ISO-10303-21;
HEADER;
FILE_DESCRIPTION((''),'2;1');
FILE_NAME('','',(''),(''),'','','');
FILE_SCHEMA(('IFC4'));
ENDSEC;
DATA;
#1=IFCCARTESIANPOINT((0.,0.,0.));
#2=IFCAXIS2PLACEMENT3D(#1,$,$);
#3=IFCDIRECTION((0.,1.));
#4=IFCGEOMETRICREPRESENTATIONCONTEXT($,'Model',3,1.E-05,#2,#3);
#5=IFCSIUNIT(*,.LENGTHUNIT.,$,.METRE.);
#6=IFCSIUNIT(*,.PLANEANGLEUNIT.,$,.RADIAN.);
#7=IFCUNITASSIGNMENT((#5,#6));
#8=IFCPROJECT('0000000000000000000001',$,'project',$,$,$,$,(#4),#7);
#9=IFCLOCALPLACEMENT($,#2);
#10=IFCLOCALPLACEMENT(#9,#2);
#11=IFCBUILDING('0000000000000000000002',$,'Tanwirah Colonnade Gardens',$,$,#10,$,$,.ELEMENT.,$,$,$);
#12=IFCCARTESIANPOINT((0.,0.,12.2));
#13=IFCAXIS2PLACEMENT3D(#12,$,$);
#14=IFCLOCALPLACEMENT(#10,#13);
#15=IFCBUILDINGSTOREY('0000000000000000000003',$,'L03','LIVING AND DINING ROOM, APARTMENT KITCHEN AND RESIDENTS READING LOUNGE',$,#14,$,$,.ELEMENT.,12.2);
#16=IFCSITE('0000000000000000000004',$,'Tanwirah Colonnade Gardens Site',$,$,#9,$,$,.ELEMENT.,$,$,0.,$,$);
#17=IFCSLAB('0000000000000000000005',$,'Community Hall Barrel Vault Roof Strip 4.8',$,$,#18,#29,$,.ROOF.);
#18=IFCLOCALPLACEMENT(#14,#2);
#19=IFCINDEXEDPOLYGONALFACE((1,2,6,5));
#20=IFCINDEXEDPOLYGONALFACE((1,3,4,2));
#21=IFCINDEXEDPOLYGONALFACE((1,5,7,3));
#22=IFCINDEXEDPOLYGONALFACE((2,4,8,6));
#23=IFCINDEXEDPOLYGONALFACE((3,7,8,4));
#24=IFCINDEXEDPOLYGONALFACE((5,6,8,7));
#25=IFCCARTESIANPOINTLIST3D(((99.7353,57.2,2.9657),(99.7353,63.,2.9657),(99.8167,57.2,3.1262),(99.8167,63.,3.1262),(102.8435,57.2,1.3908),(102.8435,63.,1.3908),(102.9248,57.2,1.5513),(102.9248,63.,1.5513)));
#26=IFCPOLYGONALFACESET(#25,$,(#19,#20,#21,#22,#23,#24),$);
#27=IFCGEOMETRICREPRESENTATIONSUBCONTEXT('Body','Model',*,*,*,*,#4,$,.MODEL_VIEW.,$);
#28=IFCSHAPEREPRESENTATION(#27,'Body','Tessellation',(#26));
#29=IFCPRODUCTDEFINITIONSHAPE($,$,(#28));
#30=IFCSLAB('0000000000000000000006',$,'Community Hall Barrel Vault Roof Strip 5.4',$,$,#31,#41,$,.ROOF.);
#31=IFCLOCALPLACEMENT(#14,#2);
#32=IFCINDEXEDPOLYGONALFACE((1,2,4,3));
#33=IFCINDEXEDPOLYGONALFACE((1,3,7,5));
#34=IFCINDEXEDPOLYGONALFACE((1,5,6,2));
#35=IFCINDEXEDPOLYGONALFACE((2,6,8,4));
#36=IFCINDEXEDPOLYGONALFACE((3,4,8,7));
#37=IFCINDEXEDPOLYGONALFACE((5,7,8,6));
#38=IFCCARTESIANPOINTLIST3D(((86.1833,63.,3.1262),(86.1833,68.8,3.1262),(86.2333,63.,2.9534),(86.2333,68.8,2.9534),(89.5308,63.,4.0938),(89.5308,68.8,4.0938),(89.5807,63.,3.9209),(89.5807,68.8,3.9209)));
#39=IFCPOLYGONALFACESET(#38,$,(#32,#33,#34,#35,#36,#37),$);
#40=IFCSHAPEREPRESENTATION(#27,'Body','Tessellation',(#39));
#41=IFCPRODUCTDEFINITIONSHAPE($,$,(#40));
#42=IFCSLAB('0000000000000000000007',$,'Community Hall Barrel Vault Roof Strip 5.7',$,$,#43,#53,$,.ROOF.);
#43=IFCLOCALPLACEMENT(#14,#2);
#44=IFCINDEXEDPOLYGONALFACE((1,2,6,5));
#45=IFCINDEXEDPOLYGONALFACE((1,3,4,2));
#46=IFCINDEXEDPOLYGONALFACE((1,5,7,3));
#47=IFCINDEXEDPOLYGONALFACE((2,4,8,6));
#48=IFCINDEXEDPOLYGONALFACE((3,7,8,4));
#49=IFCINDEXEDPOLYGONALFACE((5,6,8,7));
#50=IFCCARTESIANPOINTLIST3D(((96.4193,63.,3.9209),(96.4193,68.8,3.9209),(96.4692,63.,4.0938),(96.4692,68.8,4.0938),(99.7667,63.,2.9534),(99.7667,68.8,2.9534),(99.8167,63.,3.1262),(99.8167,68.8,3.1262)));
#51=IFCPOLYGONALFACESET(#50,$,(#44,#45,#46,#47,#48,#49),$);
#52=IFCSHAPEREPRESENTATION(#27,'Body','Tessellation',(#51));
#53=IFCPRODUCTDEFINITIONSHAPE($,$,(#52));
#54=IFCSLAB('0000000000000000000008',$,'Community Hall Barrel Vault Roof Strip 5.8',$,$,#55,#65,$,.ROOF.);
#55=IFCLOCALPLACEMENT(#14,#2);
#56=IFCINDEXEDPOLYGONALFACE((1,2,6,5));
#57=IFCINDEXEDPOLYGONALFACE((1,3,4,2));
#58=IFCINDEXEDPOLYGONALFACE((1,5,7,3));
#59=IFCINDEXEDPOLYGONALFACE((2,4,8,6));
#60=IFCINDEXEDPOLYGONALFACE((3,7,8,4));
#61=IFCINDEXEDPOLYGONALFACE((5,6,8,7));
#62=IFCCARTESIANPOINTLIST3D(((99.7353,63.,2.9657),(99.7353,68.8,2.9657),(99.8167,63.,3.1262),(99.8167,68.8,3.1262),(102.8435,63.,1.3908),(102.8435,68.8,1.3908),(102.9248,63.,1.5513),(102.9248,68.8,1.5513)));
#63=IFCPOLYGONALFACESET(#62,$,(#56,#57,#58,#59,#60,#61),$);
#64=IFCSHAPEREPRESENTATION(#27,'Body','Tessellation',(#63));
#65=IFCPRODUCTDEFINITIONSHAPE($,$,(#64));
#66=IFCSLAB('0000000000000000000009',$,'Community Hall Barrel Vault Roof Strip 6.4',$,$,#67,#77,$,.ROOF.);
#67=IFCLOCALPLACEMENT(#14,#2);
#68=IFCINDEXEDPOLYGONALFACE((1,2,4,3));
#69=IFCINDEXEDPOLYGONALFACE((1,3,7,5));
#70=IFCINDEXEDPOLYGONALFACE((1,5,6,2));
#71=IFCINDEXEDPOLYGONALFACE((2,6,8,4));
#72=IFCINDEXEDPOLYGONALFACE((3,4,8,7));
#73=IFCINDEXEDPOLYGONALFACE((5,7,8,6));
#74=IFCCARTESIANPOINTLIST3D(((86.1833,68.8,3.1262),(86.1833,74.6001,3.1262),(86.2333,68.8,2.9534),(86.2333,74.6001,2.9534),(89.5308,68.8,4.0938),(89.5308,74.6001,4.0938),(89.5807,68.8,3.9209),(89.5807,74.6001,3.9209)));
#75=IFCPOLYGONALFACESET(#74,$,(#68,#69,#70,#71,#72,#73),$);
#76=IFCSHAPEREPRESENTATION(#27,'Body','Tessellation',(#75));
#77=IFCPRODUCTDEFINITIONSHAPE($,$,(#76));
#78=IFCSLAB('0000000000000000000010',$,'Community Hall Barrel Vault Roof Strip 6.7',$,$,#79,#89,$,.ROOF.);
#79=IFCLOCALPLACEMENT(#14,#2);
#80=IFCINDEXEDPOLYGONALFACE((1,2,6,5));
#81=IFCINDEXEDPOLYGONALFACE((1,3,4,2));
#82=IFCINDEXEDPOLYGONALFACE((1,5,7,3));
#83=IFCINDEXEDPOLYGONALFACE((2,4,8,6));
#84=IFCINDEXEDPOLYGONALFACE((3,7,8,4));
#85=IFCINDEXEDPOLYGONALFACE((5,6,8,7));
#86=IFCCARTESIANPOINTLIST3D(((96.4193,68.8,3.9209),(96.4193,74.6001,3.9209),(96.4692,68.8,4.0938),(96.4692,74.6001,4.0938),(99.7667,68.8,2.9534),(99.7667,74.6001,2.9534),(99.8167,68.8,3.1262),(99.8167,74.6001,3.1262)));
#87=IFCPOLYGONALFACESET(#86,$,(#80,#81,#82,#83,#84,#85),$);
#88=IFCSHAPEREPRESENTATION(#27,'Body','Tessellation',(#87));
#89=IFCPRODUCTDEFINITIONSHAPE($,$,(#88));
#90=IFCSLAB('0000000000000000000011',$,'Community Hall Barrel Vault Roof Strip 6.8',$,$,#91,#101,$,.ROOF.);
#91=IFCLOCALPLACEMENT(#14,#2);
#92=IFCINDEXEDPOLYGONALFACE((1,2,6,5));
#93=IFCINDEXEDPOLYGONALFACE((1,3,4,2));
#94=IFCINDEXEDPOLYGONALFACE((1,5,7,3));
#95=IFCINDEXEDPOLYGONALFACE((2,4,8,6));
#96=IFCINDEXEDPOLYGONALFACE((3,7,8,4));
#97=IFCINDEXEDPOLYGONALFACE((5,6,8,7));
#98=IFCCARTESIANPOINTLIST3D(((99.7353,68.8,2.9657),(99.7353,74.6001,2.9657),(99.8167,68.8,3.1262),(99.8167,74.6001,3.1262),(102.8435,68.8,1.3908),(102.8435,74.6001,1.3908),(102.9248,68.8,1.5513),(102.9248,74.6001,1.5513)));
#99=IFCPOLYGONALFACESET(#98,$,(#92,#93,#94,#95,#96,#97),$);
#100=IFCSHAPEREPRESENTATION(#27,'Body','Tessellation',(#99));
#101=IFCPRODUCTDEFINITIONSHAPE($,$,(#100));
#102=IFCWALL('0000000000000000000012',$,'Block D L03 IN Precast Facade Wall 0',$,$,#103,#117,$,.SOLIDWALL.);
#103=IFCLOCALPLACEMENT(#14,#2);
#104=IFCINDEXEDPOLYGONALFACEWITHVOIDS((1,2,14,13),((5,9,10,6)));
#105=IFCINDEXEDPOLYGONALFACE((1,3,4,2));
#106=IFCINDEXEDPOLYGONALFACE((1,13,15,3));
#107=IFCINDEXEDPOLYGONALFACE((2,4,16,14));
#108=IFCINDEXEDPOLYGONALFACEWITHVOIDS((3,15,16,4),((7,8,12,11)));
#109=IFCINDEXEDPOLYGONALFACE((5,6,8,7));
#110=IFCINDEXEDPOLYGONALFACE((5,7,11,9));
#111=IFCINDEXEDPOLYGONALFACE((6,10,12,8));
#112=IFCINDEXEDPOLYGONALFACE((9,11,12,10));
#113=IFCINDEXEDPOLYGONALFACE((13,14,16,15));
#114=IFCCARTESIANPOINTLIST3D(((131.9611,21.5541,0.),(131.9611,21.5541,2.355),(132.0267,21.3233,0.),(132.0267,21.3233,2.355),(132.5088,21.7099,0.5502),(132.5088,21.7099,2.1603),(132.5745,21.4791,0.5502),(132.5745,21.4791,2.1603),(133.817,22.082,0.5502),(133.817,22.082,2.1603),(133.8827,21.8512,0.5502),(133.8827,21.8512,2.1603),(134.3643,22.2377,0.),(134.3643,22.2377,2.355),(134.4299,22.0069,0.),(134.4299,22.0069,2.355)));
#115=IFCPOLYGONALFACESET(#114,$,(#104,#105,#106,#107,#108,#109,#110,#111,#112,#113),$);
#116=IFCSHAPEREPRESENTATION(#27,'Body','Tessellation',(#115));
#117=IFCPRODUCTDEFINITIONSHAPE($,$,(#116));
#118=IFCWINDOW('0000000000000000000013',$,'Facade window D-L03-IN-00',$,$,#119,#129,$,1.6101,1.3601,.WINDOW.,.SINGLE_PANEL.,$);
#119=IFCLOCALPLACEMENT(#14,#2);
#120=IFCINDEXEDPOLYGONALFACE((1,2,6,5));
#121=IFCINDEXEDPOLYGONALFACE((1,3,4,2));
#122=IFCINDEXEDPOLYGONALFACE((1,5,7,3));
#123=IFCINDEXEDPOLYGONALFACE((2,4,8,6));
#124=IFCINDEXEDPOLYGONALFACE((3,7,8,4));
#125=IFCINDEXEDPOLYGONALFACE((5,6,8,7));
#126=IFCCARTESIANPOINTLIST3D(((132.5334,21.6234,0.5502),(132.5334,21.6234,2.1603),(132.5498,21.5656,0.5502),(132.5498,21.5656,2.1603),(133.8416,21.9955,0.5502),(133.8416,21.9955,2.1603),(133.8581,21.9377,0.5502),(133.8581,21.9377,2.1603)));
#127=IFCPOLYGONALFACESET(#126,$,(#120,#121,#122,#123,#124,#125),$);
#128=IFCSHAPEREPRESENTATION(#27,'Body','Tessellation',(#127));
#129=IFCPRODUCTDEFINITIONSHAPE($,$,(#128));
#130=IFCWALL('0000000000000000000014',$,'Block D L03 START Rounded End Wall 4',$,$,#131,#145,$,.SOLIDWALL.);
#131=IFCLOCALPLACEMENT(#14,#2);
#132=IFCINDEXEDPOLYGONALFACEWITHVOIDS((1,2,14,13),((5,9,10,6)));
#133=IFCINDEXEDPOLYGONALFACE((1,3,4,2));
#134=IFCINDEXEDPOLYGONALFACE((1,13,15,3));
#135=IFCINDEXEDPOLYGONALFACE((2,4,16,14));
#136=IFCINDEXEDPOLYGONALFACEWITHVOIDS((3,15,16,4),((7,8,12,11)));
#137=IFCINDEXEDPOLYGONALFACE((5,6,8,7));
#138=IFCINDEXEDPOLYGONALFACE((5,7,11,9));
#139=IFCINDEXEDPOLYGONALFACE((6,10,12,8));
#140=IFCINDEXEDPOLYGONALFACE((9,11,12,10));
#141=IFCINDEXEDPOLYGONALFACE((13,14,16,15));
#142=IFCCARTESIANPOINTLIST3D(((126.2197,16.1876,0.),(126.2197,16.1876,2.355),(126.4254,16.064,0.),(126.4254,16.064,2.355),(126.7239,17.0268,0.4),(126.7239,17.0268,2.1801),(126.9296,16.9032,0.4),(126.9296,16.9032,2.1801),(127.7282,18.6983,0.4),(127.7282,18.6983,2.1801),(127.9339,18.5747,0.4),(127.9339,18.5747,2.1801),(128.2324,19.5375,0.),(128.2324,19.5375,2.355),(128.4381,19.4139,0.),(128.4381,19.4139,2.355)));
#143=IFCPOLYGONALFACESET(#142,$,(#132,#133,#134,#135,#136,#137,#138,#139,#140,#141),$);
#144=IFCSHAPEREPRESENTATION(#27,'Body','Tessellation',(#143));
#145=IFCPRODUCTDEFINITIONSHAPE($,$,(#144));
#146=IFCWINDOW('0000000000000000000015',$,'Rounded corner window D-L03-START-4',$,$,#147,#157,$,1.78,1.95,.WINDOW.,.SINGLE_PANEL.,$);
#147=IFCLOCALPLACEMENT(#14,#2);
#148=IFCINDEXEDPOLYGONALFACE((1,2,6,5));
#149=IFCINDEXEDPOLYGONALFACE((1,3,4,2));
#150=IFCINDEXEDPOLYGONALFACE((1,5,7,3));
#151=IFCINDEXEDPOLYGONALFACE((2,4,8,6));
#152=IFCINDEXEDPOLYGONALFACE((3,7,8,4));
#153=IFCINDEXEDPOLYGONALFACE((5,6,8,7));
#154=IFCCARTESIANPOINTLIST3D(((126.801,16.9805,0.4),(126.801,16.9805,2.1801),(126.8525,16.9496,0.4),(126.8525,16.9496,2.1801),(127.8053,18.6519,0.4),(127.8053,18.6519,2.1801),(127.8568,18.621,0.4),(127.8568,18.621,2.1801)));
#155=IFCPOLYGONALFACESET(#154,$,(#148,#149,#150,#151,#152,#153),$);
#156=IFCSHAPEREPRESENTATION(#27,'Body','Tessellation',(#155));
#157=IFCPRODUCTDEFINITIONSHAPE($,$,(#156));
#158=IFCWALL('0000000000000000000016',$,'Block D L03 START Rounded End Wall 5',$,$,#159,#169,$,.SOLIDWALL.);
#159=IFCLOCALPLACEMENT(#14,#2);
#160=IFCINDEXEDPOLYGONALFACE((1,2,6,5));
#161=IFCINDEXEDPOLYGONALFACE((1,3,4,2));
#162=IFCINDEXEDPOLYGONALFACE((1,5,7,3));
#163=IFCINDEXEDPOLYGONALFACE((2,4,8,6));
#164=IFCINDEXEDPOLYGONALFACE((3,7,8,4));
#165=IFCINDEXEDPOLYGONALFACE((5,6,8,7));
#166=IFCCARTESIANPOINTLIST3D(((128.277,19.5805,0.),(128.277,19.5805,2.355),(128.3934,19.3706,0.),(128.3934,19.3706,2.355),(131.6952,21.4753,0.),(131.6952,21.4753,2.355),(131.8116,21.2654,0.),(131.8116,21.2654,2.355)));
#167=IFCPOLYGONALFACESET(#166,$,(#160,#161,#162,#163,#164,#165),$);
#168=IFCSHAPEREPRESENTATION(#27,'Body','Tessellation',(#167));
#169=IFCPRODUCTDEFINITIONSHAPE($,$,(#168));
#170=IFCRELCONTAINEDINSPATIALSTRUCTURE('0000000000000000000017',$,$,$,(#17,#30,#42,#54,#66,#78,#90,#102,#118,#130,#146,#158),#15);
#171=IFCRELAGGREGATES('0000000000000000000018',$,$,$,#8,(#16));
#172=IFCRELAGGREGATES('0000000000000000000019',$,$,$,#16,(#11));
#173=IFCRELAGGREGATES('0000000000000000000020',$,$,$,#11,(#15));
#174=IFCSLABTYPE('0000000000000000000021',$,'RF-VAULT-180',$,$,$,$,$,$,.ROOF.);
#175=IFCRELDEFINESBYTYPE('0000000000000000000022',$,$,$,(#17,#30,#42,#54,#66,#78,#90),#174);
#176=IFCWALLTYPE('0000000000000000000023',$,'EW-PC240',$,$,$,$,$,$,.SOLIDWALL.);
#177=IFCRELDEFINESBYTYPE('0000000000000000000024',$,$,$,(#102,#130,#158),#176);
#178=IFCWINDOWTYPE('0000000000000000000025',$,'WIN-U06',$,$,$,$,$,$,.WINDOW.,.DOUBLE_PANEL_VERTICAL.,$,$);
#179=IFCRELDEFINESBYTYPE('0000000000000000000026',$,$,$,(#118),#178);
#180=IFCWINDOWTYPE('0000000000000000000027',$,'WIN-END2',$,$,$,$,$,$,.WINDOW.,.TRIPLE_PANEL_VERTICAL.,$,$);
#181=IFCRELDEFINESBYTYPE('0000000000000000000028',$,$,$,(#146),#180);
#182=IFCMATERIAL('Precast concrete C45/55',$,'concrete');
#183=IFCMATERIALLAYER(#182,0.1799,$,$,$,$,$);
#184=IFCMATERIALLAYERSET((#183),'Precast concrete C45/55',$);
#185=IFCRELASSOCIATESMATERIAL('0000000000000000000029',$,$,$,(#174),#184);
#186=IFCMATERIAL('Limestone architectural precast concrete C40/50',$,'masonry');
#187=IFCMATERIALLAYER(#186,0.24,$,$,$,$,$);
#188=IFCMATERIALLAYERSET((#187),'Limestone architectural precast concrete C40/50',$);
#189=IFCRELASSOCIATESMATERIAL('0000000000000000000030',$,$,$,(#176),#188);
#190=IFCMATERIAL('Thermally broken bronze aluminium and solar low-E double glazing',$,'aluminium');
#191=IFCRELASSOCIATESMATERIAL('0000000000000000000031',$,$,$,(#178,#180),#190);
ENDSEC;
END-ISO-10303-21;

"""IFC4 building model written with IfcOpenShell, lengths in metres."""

from ifc_helpers import new_model, si_unit, direction, frame, frame_2d, origin, place, context, subcontext, project, spatial, polyline, rectangle, outline, extrude, material, layer, layer_set, type_object, element, fill, save


model = new_model("IFC4")

# Units and contexts
model_context = context("Model", 3, precision=1e-05, world=origin(), true_north=direction((0.0, 1.0)))
body_context = subcontext(model_context, "Body", "Model", "MODEL_VIEW")
ifc_project = project(units=[si_unit("LENGTHUNIT", "METRE"), si_unit("PLANEANGLEUNIT", "RADIAN")], contexts=[model_context])

# Site, building, storey
site_placement = place(None, origin())
site = spatial("IfcSite", under=ifc_project, at=site_placement, Name="Tanwirah Colonnade Gardens Site", CompositionType="ELEMENT", RefElevation=0.0)
building_placement = place(site_placement, origin())
building = spatial("IfcBuilding", under=site, at=building_placement, Name="Tanwirah Colonnade Gardens", CompositionType="ELEMENT")
storey_placement = place(building_placement, frame((0.0, 0.0, 12.2)))
storey = spatial("IfcBuildingStorey", under=building, at=storey_placement, Name="L03", Description="LIVING AND DINING ROOM, APARTMENT KITCHEN AND RESIDENTS READING LOUNGE", CompositionType="ELEMENT", Elevation=12.2)

# Slabs
ifc_material_1 = material(Name="Precast concrete C45/55", Category="concrete")
ifc_layer_1 = layer(ifc_material_1, 0.1799)
ifc_layer_set_1 = layer_set([ifc_layer_1], Name="Precast concrete C45/55")
slab_type = type_object("IfcSlabType", Name="RF-VAULT-180", PredefinedType="ROOF", material=ifc_layer_set_1)
slab_1_placement = place(storey_placement, frame((99.8167, 57.2, 3.1262), z_axis=(0.452, 0.0, 0.892018), x_axis=(0.892018, 0.0, -0.452)))
element("IfcSlab", 1, at=slab_1_placement, inside=storey, type_object=slab_type, Name="Community Hall Barrel Vault Roof Strip 4.8", PredefinedType="ROOF", context=body_context, shape_type="SweptSolid", body=[
    extrude(outline(polyline([(0.0, 0.0), (3.4844, 0.0), (3.4844, 5.8), (0.0, 5.8), (0.0, 0.0)])), origin(), (0.0, 0.0, -1.0), 0.1799),
])
for number, where, z_axis, x_axis, name in (
    (2, (86.1833, 63.0, 3.1262), (-0.277672, 0.0, 0.960676), (0.960676, 0.0, 0.277672), "Community Hall Barrel Vault Roof Strip 5.4"),
    (3, (96.4692, 63.0, 4.0938), (0.277672, 0.0, 0.960676), (0.960676, 0.0, -0.277672), "Community Hall Barrel Vault Roof Strip 5.7"),
):
    element("IfcSlab", number, at=place(storey_placement, frame(where, z_axis=z_axis, x_axis=x_axis)), inside=storey, type_object=slab_type, Name=name, PredefinedType="ROOF", context=body_context, shape_type="SweptSolid", body=[
        extrude(outline(polyline([(0.0, 0.0), (3.4844, 0.0), (3.4844, 5.8), (0.0, 5.8), (0.0, 0.0)])), origin(), (0.0, 0.0, -1.0), 0.1799),
    ])
slab_2_placement = place(storey_placement, frame((99.8167, 63.0, 3.1262), z_axis=(0.452, 0.0, 0.892018), x_axis=(0.892018, 0.0, -0.452)))
element("IfcSlab", 4, at=slab_2_placement, inside=storey, type_object=slab_type, Name="Community Hall Barrel Vault Roof Strip 5.8", PredefinedType="ROOF", context=body_context, shape_type="SweptSolid", body=[
    extrude(outline(polyline([(0.0, 0.0), (3.4844, 0.0), (3.4844, 5.8), (0.0, 5.8), (0.0, 0.0)])), origin(), (0.0, 0.0, -1.0), 0.1799),
])
for number, where, z_axis, x_axis, name in (
    (5, (86.1833, 68.8, 3.1262), (-0.277672, 0.0, 0.960676), (0.960676, 0.0, 0.277672), "Community Hall Barrel Vault Roof Strip 6.4"),
    (6, (96.4692, 68.8, 4.0938), (0.277672, 0.0, 0.960676), (0.960676, 0.0, -0.277672), "Community Hall Barrel Vault Roof Strip 6.7"),
):
    element("IfcSlab", number, at=place(storey_placement, frame(where, z_axis=z_axis, x_axis=x_axis)), inside=storey, type_object=slab_type, Name=name, PredefinedType="ROOF", context=body_context, shape_type="SweptSolid", body=[
        extrude(outline(polyline([(0.0, 0.0), (3.4844, 0.0), (3.4844, 5.8), (0.0, 5.8), (0.0, 0.0)])), origin(), (0.0, 0.0, -1.0), 0.1799),
    ])
slab_3_placement = place(storey_placement, frame((99.8167, 68.8, 3.1262), z_axis=(0.452, 0.0, 0.892018), x_axis=(0.892018, 0.0, -0.452)))
element("IfcSlab", 7, at=slab_3_placement, inside=storey, type_object=slab_type, Name="Community Hall Barrel Vault Roof Strip 6.8", PredefinedType="ROOF", context=body_context, shape_type="SweptSolid", body=[
    extrude(outline(polyline([(0.0, 0.0), (3.4844, 0.0), (3.4844, 5.8), (0.0, 5.8), (0.0, 0.0)])), origin(), (0.0, 0.0, -1.0), 0.1799),
])

# Walls, openings, windows
ifc_material_2 = material(Name="Limestone architectural precast concrete C40/50", Category="masonry")
ifc_layer_2 = layer(ifc_material_2, 0.24)
ifc_layer_set_2 = layer_set([ifc_layer_2], Name="Limestone architectural precast concrete C40/50")
wall_type = type_object("IfcWallType", Name="EW-PC240", PredefinedType="SOLIDWALL", material=ifc_layer_set_2)
wall_1_placement = place(storey_placement, frame((131.9939, 21.4387, 0.0), z_axis=(0.0, 0.0, 1.0), x_axis=(0.961848, 0.273585, 0.0)))
wall_1 = element("IfcWall", 8, at=wall_1_placement, inside=storey, type_object=wall_type, Name="Block D L03 IN Precast Facade Wall 0", PredefinedType="SOLIDWALL", context=body_context, shape_type="SweptSolid", body=[
    extrude(rectangle(XDim=2.4985, YDim=0.24, at=frame_2d((1.2493, 0.0))), origin(), (0.0, 0.0, 1.0), 2.355),
])
opening_1_placement = place(wall_1_placement, frame((0.5693, 0.0, 0.55)))
opening_1 = element("IfcOpeningElement", 9, at=opening_1_placement, cuts=wall_1, PredefinedType="OPENING", context=body_context, shape_type="SweptSolid", body=[
    extrude(rectangle(XDim=1.3601, YDim=1.6101, at=frame_2d((0.6802, 0.8052))), frame((0.0, 0.1299, 0.0), z_axis=(0.0, -1.0, 0.0), x_axis=(1.0, 0.0, 0.0)), (0.0, 0.0, 1.0), 0.26),
])
ifc_material_3 = material(Name="Thermally broken bronze aluminium and solar low-E double glazing", Category="aluminium")
window_type_1 = type_object("IfcWindowType", Name="WIN-U06", PartitioningType="DOUBLE_PANEL_VERTICAL", PredefinedType="WINDOW", material=ifc_material_3)
window_1_placement = place(opening_1_placement, origin())
window_1 = element("IfcWindow", 10, at=window_1_placement, inside=storey, type_object=window_type_1, Name="Facade window D-L03-IN-00", OverallHeight=1.6101, OverallWidth=1.3601, PartitioningType="SINGLE_PANEL", PredefinedType="WINDOW", context=body_context, shape_type="SweptSolid", body=[
    extrude(rectangle(XDim=1.3601, YDim=1.6101, at=frame_2d((0.6802, 0.8052))), frame((0.0, 0.03, 0.0), z_axis=(0.0, -1.0, 0.0), x_axis=(1.0, 0.0, 0.0)), (0.0, 0.0, 1.0), 0.0601),
])
fill(opening_1, window_1)
wall_2_placement = place(storey_placement, frame((126.3225, 16.1257, 0.0), z_axis=(0.0, 0.0, 1.0), x_axis=(0.515019, 0.857179, 0.0)))
wall_2 = element("IfcWall", 11, at=wall_2_placement, inside=storey, type_object=wall_type, Name="Block D L03 START Rounded End Wall 4", PredefinedType="SOLIDWALL", context=body_context, shape_type="SweptSolid", body=[
    extrude(rectangle(XDim=3.908, YDim=0.24, at=frame_2d((1.9541, 0.0))), origin(), (0.0, 0.0, 1.0), 2.355),
])
opening_2_placement = place(wall_2_placement, frame((0.979, 0.0, 0.3999)))
opening_2 = element("IfcOpeningElement", 12, at=opening_2_placement, cuts=wall_2, PredefinedType="OPENING", context=body_context, shape_type="SweptSolid", body=[
    extrude(rectangle(XDim=1.95, YDim=1.78, at=frame_2d((0.9751, 0.8901))), frame((0.0, 0.1299, 0.0), z_axis=(0.0, -1.0, 0.0), x_axis=(1.0, 0.0, 0.0)), (0.0, 0.0, 1.0), 0.26),
])
window_type_2 = type_object("IfcWindowType", Name="WIN-END2", PartitioningType="TRIPLE_PANEL_VERTICAL", PredefinedType="WINDOW", material=ifc_material_3)
window_2_placement = place(opening_2_placement, origin())
window_2 = element("IfcWindow", 13, at=window_2_placement, inside=storey, type_object=window_type_2, Name="Rounded corner window D-L03-START-4", OverallHeight=1.78, OverallWidth=1.95, PartitioningType="SINGLE_PANEL", PredefinedType="WINDOW", context=body_context, shape_type="SweptSolid", body=[
    extrude(rectangle(XDim=1.95, YDim=1.78, at=frame_2d((0.9751, 0.8901))), frame((0.0, 0.03, 0.0), z_axis=(0.0, -1.0, 0.0), x_axis=(1.0, 0.0, 0.0)), (0.0, 0.0, 1.0), 0.0601),
])
fill(opening_2, window_2)

# Wall
wall_3_placement = place(storey_placement, frame((128.3352, 19.4756, 0.0), z_axis=(0.0, 0.0, 1.0), x_axis=(0.874617, 0.484815, 0.0)))
element("IfcWall", 14, at=wall_3_placement, inside=storey, type_object=wall_type, Name="Block D L03 START Rounded End Wall 5", PredefinedType="SOLIDWALL", context=body_context, shape_type="SweptSolid", body=[
    extrude(rectangle(XDim=3.9082, YDim=0.24, at=frame_2d((1.9541, 0.0))), origin(), (0.0, 0.0, 1.0), 2.355),
])

save(model, "model.ifc")
